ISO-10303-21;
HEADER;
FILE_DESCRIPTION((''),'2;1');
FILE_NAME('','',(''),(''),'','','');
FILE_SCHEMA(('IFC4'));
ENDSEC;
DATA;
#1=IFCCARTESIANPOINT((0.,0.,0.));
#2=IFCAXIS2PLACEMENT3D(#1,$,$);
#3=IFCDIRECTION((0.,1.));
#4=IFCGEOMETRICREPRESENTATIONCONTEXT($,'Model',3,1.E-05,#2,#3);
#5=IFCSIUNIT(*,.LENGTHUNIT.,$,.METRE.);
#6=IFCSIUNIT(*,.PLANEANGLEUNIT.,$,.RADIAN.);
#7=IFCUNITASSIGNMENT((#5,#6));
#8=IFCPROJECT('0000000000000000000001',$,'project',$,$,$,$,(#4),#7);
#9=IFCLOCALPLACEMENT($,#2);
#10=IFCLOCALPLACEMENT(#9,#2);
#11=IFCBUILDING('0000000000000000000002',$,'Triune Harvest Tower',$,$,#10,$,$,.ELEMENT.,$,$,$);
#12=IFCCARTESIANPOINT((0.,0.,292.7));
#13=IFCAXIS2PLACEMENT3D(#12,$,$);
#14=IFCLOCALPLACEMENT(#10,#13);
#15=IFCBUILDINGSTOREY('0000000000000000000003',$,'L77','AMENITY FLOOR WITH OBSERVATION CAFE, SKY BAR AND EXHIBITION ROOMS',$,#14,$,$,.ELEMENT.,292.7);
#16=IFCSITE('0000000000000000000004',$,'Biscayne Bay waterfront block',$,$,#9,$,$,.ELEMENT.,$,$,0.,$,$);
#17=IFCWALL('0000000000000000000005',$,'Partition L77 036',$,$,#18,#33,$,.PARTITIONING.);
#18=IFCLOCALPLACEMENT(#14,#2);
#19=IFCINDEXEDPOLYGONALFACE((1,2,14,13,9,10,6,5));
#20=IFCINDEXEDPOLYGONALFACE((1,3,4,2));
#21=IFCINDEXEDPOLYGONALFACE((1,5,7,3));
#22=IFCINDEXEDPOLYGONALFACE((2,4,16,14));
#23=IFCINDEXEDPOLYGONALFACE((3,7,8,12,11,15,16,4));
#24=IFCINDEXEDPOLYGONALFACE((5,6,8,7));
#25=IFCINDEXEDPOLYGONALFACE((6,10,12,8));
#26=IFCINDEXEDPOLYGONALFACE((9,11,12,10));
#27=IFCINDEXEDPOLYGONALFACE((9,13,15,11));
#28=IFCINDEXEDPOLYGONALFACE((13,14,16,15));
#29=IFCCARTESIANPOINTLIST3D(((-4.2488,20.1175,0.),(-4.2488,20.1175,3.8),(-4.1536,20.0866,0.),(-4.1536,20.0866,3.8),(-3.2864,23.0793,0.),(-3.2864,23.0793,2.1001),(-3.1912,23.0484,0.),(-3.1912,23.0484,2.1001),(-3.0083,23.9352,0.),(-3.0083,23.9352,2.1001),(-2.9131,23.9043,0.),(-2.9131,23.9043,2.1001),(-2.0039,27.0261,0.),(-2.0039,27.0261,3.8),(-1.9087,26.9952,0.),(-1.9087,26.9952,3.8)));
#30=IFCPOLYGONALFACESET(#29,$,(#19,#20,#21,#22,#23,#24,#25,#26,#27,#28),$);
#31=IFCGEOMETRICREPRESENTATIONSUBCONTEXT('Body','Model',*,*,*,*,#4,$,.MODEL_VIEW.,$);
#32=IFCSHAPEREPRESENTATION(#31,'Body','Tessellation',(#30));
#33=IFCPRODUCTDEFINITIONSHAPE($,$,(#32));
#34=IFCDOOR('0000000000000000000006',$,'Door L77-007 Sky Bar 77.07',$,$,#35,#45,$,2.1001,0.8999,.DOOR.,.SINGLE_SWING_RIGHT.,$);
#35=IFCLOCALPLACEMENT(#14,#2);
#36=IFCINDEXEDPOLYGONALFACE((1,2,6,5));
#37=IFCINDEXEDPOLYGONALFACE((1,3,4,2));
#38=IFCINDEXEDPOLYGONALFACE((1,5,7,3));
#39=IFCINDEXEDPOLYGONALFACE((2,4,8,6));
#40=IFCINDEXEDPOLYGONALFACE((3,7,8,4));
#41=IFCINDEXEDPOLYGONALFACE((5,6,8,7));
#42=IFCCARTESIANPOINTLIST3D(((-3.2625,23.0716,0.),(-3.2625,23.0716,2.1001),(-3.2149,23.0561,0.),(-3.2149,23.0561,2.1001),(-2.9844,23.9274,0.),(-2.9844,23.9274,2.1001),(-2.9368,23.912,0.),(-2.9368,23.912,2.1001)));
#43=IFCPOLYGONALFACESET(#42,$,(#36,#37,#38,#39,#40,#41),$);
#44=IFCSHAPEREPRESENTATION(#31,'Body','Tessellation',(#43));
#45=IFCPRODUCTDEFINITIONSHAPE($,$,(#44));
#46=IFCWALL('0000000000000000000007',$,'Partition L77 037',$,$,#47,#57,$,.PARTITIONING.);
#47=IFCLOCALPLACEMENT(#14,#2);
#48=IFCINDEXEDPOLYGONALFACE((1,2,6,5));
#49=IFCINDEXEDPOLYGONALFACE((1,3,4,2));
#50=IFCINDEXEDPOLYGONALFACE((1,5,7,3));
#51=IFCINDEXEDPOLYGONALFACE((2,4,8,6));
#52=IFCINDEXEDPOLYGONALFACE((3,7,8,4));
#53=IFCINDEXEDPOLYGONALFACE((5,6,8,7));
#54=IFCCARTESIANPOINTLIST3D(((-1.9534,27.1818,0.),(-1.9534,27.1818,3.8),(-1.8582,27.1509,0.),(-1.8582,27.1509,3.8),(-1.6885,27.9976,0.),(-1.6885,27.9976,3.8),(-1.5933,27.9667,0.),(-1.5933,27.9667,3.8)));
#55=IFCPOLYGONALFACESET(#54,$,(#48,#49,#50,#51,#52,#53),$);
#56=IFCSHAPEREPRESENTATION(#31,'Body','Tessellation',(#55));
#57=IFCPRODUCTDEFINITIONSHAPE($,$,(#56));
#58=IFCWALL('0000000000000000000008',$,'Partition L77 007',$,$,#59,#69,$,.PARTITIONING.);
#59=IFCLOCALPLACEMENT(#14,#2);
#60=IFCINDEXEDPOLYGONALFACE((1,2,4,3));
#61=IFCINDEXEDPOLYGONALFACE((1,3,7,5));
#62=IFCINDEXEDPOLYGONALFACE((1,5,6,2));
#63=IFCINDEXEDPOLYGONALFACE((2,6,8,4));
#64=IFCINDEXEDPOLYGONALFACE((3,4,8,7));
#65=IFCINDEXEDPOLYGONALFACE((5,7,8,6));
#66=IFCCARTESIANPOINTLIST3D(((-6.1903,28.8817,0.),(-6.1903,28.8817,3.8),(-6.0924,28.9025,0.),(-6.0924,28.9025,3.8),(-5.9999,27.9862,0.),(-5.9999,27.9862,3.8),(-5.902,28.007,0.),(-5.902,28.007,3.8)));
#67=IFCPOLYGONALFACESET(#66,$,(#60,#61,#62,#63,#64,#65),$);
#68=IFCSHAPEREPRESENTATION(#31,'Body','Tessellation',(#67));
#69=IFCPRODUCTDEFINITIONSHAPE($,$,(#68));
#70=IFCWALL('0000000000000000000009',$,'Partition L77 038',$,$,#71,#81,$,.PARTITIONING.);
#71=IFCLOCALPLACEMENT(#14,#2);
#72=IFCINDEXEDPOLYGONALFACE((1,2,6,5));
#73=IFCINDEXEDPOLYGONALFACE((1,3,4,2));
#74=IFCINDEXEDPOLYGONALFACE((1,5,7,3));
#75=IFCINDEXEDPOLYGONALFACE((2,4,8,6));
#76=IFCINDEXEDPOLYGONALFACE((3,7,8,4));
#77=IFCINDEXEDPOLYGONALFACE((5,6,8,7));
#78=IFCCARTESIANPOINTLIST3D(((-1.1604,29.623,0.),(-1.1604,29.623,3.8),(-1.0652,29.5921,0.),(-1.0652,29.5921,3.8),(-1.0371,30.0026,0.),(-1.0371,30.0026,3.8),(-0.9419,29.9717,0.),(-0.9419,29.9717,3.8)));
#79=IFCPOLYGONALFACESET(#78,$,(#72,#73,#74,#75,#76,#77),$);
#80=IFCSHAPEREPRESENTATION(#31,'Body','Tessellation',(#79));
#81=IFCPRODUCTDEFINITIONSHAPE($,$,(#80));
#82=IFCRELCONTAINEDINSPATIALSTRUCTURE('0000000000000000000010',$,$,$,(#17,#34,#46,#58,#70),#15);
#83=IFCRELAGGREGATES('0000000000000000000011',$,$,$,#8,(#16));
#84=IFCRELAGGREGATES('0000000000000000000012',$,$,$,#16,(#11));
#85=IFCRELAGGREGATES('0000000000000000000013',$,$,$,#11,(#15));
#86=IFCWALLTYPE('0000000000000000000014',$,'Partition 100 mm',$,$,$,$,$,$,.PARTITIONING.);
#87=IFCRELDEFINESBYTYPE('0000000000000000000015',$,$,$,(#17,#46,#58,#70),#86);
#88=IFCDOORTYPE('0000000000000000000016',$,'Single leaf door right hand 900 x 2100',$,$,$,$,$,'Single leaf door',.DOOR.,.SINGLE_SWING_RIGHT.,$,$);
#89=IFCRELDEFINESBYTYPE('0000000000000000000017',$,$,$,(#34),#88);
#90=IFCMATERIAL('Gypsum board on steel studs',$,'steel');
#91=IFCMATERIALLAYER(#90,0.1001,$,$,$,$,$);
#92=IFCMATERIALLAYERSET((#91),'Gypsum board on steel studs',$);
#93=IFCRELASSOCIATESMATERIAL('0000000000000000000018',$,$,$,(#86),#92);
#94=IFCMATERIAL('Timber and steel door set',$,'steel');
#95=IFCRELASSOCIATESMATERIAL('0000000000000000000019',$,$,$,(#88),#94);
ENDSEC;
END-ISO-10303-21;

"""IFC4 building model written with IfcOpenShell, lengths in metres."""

from ifc_helpers import new_model, si_unit, direction, frame, frame_2d, origin, place, context, subcontext, project, spatial, rectangle, extrude, source, transform, mapped, material, layer, layer_set, type_object, element, fill, save


model = new_model("IFC4")

# Units and contexts
model_context = context("Model", 3, precision=1e-05, world=origin(), true_north=direction((0.0, 1.0)))
body_context = subcontext(model_context, "Body", "Model", "MODEL_VIEW")
ifc_project = project(units=[si_unit("LENGTHUNIT", "METRE"), si_unit("PLANEANGLEUNIT", "RADIAN")], contexts=[model_context])

# Site, building, storey
site_placement = place(None, origin())
site = spatial("IfcSite", under=ifc_project, at=site_placement, Name="Biscayne Bay waterfront block", CompositionType="ELEMENT", RefElevation=0.0)
building_placement = place(site_placement, origin())
building = spatial("IfcBuilding", under=site, at=building_placement, Name="Triune Harvest Tower", CompositionType="ELEMENT")
storey_placement = place(building_placement, frame((0.0, 0.0, 292.7)))
storey = spatial("IfcBuildingStorey", under=building, at=storey_placement, Name="L77", Description="AMENITY FLOOR WITH OBSERVATION CAFE, SKY BAR AND EXHIBITION ROOMS", CompositionType="ELEMENT", Elevation=292.7)

# Shared definitions
ifc_material_1 = material(Name="Gypsum board on steel studs", Category="steel")
ifc_layer_1 = layer(ifc_material_1, 0.1001)
ifc_layer_set_1 = layer_set([ifc_layer_1], Name="Gypsum board on steel studs")
wall_type_1 = type_object("IfcWallType", Name="Partition 100 mm", PredefinedType="PARTITIONING", material=ifc_layer_set_1)

# Wall, opening, door
wall_1_placement = place(storey_placement, frame((-4.2012, 20.1021, 0.0), z_axis=(0.0, 0.0, 1.0), x_axis=(0.30903, 0.951052, 0.0)))
wall_1 = element("IfcWall", 1, at=wall_1_placement, inside=storey, type_object=wall_type_1, Name="Partition L77 036", PredefinedType="PARTITIONING", context=body_context, shape_type="SweptSolid", body=[
    extrude(rectangle(XDim=7.2642, YDim=0.1001, at=frame_2d((3.6321, 0.0))), origin(), (0.0, 0.0, 1.0), 3.8),
])
opening_1_placement = place(wall_1_placement, frame((3.1143, 0.0, 0.0)))
opening_1 = element("IfcOpeningElement", 2, at=opening_1_placement, cuts=wall_1, PredefinedType="OPENING", context=body_context, shape_type="SweptSolid", body=[
    extrude(rectangle(XDim=0.8999, YDim=2.1001, at=frame_2d((0.45, 1.05))), frame((0.0, 0.0601, 0.0), z_axis=(0.0, -1.0, 0.0), x_axis=(1.0, 0.0, 0.0)), (0.0, 0.0, 1.0), 0.1201),
])
ifc_material_2 = material(Name="Timber and steel door set", Category="steel")
door_type_1 = type_object("IfcDoorType", Name="Single leaf door right hand 900 x 2100", ElementType="Single leaf door", OperationType="SINGLE_SWING_RIGHT", PredefinedType="DOOR", material=ifc_material_2)
door_1_placement = place(opening_1_placement, origin())
door_1 = element("IfcDoor", 3, at=door_1_placement, inside=storey, type_object=door_type_1, Name="Door L77-007 Sky Bar 77.07", OperationType="SINGLE_SWING_RIGHT", OverallHeight=2.1001, OverallWidth=0.8999, PredefinedType="DOOR", context=body_context, shape_type="SweptSolid", body=[
    extrude(rectangle(XDim=0.8999, YDim=2.1001, at=frame_2d((0.45, 1.05))), frame((0.0, 0.0249, 0.0), z_axis=(0.0, -1.0, 0.0), x_axis=(1.0, 0.0, 0.0)), (0.0, 0.0, 1.0), 0.05),
])
fill(opening_1, door_1)

# Walls
wall_2_placement = place(storey_placement, frame((-1.9058, 27.1665, 0.0), z_axis=(0.0, 0.0, 1.0), x_axis=(0.308874, 0.951103, 0.0)))
element("IfcWall", 4, at=wall_2_placement, inside=storey, type_object=wall_type_1, Name="Partition L77 037", PredefinedType="PARTITIONING", context=body_context, shape_type="SweptSolid", body=[
    extrude(rectangle(XDim=0.8577, YDim=0.1001, at=frame_2d((0.4287, 0.0))), origin(), (0.0, 0.0, 1.0), 3.8),
])
shared_shape_1 = source(origin(), body_context, "Body", "SweptSolid", [
    extrude(rectangle(XDim=0.9155, YDim=0.1001, at=frame_2d((0.4578, 0.0))), origin(), (0.0, 0.0, 1.0), 3.8),
])
wall_3_placement = place(storey_placement, frame((-6.1414, 28.8921, 0.0), z_axis=(0.0, 0.0, 1.0), x_axis=(0.207999, -0.978129, 0.0)))
element("IfcWall", 5, at=wall_3_placement, inside=storey, type_object=wall_type_1, Name="Partition L77 007", PredefinedType="PARTITIONING", context=body_context, shape_type="MappedRepresentation", body=[
    mapped(shared_shape_1, transform((0.0, 0.0, 0.0), scale=1.0)),
])
shared_shape_2 = source(origin(), body_context, "Body", "SweptSolid", [
    extrude(rectangle(XDim=0.3992, YDim=0.1001, at=frame_2d((0.1997, 0.0))), origin(), (0.0, 0.0, 1.0), 3.8),
])
wall_4_placement = place(storey_placement, frame((-1.1128, 29.6074, 0.0), z_axis=(0.0, 0.0, 1.0), x_axis=(0.308879, 0.951101, 0.0)))
element("IfcWall", 6, at=wall_4_placement, inside=storey, type_object=wall_type_1, Name="Partition L77 038", PredefinedType="PARTITIONING", context=body_context, shape_type="MappedRepresentation", body=[
    mapped(shared_shape_2, transform((0.0, 0.0, 0.0), scale=1.0)),
])

save(model, "model.ifc")
